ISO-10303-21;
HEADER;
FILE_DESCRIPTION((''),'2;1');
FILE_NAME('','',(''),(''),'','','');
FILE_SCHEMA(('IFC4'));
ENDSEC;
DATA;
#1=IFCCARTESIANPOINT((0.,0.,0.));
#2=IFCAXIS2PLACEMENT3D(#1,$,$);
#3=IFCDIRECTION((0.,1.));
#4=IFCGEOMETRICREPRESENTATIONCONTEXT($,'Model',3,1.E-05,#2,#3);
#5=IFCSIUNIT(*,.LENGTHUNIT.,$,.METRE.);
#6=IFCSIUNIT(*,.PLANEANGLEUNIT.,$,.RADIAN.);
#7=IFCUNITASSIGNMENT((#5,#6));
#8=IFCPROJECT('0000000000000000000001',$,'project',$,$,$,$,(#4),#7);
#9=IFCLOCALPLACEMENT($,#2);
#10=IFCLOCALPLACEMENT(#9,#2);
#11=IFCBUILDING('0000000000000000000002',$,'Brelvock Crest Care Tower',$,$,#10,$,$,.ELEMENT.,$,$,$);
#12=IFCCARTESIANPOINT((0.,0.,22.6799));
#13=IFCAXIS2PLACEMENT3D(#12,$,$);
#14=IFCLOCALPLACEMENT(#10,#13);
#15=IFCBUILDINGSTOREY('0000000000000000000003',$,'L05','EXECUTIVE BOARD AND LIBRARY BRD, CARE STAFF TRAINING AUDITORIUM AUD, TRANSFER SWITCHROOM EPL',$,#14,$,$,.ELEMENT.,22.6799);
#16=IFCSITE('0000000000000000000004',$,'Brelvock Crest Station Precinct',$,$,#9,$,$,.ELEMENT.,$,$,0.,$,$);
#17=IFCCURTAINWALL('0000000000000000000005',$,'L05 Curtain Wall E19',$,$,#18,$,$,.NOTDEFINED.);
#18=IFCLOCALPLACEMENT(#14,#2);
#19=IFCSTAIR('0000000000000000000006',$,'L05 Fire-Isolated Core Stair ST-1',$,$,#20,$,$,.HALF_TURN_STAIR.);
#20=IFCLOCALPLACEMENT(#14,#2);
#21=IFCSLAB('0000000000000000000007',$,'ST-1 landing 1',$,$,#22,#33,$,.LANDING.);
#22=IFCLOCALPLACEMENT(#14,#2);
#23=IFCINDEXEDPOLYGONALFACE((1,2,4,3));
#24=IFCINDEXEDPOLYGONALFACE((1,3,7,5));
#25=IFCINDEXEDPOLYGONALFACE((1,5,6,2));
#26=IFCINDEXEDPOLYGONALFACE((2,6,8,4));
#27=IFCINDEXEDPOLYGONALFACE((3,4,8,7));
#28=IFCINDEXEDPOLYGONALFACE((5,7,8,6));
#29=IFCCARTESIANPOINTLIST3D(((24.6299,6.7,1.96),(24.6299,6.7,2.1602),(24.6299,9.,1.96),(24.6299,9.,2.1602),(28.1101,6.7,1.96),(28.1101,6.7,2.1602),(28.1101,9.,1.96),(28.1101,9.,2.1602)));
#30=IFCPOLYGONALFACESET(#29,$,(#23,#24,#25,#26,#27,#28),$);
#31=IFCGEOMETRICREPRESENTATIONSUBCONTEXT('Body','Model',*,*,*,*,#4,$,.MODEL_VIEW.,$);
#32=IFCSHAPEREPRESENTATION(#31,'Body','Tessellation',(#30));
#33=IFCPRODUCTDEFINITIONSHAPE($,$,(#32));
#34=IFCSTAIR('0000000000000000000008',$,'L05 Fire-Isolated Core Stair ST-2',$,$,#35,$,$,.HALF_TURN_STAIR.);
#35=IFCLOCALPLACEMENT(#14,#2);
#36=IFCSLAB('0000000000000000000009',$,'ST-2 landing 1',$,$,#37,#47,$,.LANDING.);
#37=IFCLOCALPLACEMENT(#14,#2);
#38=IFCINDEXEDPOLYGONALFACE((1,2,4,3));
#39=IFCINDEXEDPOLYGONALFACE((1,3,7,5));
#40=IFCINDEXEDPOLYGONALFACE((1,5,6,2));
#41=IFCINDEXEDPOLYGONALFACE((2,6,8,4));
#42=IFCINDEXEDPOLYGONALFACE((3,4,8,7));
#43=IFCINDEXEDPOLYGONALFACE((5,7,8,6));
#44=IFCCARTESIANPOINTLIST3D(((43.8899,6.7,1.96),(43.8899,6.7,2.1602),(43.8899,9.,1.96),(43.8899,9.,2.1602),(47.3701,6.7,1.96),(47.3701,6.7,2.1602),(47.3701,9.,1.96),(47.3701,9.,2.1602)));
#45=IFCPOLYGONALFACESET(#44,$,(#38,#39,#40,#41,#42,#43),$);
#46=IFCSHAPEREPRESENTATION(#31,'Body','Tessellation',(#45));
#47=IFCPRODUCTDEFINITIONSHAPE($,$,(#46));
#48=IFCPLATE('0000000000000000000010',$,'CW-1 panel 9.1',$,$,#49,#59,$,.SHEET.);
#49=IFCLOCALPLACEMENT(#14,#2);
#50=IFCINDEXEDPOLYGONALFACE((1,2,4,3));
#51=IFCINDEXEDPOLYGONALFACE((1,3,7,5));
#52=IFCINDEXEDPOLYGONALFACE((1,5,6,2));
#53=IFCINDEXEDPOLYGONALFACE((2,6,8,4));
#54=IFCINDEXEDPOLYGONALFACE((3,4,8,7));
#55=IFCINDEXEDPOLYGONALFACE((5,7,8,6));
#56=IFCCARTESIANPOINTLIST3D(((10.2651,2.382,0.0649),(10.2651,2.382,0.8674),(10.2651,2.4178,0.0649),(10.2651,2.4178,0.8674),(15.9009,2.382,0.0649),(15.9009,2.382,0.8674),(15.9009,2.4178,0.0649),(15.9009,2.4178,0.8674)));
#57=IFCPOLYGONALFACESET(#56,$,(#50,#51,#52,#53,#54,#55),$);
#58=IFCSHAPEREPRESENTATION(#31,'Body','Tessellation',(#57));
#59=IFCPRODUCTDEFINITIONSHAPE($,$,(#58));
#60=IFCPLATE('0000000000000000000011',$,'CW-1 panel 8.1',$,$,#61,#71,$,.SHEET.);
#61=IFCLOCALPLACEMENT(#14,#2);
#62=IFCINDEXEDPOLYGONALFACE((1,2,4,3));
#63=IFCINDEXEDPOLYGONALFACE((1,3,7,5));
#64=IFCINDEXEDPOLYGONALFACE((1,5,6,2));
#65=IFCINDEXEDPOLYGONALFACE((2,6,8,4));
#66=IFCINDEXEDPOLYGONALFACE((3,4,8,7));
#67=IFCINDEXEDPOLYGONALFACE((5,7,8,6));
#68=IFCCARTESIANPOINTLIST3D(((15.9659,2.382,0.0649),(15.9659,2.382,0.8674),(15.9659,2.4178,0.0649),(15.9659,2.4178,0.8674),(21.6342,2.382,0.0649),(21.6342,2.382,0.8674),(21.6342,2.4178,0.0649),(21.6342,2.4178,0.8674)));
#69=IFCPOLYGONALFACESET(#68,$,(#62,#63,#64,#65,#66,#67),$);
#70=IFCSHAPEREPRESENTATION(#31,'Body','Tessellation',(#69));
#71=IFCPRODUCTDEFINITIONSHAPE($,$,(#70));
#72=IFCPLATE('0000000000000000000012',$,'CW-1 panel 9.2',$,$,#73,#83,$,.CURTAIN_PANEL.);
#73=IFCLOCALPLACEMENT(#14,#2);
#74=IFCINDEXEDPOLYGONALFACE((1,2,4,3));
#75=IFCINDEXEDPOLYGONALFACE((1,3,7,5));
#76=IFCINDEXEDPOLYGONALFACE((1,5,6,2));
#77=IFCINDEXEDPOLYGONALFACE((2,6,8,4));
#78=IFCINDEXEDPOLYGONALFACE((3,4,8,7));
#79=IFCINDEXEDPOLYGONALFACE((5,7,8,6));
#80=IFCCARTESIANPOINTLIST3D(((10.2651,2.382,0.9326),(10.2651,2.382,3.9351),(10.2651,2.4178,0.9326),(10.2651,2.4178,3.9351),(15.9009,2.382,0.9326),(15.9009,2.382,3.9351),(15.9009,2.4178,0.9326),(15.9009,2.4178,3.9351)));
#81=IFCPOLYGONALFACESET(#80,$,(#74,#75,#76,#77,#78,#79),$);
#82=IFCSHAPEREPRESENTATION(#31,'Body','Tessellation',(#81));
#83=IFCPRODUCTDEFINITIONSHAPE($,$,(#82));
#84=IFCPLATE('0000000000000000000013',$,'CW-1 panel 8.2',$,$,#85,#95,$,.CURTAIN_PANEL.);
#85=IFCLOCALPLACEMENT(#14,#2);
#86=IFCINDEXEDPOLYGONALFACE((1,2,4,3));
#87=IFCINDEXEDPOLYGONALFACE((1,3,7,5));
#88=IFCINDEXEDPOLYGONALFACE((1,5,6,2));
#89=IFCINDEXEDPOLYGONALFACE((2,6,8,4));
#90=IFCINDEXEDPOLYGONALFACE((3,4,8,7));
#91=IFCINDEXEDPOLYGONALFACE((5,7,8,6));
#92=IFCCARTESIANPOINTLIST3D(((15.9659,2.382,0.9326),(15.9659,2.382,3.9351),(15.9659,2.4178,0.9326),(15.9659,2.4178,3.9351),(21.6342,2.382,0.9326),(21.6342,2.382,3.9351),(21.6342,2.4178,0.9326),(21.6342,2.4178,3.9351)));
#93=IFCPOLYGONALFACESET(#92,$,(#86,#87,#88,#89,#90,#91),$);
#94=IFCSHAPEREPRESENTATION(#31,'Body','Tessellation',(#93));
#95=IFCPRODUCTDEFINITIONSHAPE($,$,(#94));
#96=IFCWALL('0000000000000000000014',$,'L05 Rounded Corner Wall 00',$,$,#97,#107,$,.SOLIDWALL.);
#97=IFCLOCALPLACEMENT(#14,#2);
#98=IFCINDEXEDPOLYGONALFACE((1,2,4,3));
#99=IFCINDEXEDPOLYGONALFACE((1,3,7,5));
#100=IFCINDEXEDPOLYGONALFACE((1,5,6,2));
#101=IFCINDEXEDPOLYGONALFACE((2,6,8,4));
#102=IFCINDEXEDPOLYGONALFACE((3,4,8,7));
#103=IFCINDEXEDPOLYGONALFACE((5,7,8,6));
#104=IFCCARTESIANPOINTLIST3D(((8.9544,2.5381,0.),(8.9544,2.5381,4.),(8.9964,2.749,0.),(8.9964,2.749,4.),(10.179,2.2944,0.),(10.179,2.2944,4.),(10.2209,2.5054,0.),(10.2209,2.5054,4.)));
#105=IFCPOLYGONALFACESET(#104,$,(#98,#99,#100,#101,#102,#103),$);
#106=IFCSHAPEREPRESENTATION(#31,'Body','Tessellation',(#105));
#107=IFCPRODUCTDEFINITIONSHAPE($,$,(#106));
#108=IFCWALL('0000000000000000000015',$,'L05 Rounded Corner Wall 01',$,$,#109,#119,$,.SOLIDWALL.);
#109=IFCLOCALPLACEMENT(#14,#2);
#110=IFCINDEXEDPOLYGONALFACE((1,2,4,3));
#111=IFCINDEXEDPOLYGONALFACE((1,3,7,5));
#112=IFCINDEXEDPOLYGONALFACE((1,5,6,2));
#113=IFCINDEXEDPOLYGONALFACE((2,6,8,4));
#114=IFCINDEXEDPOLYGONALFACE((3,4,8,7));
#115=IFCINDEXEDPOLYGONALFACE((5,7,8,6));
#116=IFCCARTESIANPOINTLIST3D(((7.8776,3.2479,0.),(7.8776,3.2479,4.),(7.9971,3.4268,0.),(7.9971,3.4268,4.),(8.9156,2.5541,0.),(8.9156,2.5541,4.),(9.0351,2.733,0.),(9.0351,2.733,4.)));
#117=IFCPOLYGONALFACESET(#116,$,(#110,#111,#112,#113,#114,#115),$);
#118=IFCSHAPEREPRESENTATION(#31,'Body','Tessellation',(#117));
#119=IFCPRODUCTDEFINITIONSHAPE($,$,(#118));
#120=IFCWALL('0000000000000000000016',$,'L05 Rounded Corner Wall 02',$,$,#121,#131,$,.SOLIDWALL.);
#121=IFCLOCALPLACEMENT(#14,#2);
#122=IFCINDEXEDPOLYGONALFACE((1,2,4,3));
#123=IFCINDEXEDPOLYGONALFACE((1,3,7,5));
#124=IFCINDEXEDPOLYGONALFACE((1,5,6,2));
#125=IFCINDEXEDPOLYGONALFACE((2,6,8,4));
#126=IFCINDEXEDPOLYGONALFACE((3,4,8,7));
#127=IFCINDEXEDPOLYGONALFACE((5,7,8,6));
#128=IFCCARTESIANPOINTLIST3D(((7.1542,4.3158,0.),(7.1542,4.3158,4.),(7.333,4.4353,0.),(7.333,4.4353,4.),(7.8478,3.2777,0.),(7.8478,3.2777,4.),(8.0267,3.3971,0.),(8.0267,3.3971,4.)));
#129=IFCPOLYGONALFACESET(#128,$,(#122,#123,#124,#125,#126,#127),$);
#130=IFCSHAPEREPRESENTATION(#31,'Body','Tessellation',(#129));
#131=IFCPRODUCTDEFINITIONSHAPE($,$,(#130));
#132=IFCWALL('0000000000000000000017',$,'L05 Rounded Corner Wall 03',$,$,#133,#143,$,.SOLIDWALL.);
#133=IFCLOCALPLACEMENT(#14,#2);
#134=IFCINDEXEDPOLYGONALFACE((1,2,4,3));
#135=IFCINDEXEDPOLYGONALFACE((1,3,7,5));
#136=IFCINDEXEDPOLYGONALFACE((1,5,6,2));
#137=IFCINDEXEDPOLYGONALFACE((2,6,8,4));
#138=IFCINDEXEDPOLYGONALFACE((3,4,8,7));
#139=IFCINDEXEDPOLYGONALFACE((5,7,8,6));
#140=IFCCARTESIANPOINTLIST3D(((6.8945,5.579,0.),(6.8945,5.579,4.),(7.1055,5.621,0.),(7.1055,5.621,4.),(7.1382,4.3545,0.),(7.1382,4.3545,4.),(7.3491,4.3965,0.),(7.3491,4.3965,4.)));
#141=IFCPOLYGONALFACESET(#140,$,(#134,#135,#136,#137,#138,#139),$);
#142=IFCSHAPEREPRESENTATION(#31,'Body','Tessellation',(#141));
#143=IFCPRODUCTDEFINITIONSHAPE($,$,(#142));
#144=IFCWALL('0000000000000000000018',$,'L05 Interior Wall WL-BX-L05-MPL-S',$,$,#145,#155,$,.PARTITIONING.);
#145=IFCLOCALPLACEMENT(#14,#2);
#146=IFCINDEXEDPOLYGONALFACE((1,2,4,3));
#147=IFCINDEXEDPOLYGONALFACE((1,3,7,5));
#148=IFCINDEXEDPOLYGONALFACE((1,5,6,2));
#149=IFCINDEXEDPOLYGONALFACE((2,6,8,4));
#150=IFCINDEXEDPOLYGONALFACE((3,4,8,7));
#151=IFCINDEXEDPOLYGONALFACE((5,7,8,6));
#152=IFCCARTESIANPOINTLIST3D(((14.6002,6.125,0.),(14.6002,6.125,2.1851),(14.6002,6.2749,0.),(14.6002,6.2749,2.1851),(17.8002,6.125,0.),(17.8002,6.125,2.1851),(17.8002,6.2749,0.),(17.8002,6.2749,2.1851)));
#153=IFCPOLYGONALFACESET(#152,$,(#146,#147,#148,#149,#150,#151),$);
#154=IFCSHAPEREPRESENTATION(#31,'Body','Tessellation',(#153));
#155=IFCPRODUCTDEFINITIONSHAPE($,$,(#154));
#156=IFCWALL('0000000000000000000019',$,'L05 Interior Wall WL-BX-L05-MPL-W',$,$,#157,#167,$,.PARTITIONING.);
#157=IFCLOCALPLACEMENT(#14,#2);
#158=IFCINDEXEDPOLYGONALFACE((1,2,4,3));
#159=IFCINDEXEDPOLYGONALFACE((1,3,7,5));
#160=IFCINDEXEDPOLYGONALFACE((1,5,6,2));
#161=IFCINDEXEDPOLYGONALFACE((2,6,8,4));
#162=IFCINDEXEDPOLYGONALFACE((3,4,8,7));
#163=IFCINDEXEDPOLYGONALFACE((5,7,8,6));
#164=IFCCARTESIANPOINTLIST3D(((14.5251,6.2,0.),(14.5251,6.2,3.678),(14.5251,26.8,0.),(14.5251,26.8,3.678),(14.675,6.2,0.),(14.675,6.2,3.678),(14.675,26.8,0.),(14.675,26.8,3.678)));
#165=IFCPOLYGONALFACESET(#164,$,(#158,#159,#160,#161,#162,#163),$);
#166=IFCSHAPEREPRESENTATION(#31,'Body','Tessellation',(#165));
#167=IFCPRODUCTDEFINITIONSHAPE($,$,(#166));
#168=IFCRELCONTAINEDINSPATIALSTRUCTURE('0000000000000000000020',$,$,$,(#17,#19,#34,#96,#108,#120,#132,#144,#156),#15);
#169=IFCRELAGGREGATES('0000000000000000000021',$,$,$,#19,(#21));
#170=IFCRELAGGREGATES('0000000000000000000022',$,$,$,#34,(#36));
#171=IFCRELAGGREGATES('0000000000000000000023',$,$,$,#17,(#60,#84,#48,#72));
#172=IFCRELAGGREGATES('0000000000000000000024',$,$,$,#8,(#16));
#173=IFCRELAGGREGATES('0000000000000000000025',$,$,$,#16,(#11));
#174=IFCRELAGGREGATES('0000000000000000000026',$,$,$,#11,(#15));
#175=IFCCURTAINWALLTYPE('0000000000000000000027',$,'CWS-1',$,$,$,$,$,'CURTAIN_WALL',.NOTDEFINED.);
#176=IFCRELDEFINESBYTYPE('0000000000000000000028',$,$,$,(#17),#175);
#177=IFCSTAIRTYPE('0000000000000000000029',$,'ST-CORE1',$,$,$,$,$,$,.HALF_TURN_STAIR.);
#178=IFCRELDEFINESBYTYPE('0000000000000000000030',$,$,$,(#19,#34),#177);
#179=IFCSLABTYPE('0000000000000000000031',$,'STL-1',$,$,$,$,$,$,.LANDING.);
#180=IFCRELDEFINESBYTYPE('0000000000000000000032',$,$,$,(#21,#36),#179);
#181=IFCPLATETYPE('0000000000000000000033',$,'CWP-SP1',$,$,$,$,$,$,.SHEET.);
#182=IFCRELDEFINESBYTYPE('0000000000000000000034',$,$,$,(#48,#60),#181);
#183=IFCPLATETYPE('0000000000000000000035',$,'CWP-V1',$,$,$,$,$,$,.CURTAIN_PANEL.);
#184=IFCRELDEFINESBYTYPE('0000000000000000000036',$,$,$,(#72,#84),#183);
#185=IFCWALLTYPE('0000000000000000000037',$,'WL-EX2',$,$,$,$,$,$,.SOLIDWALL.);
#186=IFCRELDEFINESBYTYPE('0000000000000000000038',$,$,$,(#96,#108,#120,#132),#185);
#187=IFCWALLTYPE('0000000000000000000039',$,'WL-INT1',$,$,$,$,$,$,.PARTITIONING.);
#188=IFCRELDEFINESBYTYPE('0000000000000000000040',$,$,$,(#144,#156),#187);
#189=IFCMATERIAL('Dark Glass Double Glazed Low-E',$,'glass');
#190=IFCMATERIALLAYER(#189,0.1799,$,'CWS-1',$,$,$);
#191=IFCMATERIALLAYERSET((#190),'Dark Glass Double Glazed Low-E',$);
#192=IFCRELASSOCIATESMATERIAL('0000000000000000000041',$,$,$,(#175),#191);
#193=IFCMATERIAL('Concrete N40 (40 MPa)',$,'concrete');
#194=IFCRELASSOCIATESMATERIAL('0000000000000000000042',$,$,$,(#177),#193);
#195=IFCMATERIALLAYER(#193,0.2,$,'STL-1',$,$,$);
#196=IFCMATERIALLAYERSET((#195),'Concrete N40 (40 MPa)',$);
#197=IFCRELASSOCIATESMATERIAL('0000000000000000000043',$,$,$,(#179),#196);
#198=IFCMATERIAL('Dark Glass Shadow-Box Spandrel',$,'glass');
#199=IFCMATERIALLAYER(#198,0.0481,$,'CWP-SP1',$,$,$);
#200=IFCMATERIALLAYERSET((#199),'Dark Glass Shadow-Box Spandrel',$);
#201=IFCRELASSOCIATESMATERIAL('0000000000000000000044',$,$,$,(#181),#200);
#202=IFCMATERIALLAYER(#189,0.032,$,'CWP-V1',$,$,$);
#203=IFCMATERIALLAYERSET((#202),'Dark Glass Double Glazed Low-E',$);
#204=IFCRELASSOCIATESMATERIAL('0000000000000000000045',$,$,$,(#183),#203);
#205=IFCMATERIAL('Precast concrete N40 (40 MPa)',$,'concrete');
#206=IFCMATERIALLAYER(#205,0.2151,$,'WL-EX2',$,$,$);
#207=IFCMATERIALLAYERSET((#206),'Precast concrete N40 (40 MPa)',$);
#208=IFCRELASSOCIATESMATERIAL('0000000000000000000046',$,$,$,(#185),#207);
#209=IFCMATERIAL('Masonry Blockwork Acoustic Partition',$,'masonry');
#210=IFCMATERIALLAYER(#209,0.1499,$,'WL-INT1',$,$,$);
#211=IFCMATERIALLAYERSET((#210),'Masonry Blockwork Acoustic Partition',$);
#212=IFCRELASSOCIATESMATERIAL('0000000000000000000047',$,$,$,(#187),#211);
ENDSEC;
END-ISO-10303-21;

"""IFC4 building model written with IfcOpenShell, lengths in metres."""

from ifc_helpers import new_model, si_unit, direction, frame, frame_2d, origin, origin_2d, place, context, subcontext, project, spatial, polyline, rectangle, outline, extrude, source, transform, mapped, material, layer, layer_set, type_object, element, aggregate, save


model = new_model("IFC4")

# Units and contexts
model_context = context("Model", 3, precision=1e-05, world=origin(), true_north=direction((0.0, 1.0)))
body_context = subcontext(model_context, "Body", "Model", "MODEL_VIEW")
ifc_project = project(units=[si_unit("LENGTHUNIT", "METRE"), si_unit("PLANEANGLEUNIT", "RADIAN")], contexts=[model_context])

# Site, building, storey
site_placement = place(None, origin())
site = spatial("IfcSite", under=ifc_project, at=site_placement, Name="Brelvock Crest Station Precinct", CompositionType="ELEMENT", RefElevation=0.0)
building_placement = place(site_placement, origin())
building = spatial("IfcBuilding", under=site, at=building_placement, Name="Brelvock Crest Care Tower", CompositionType="ELEMENT")
storey_placement = place(building_placement, frame((0.0, 0.0, 22.6799)))
storey = spatial("IfcBuildingStorey", under=building, at=storey_placement, Name="L05", Description="EXECUTIVE BOARD AND LIBRARY BRD, CARE STAFF TRAINING AUDITORIUM AUD, TRANSFER SWITCHROOM EPL", CompositionType="ELEMENT", Elevation=22.6799)

# Curtain wall
ifc_material_1 = material(Name="Dark Glass Double Glazed Low-E", Category="glass")
ifc_layer_1 = layer(ifc_material_1, 0.1799, Name="CWS-1")
ifc_layer_set_1 = layer_set([ifc_layer_1], Name="Dark Glass Double Glazed Low-E")
curtain_wall_type = type_object("IfcCurtainWallType", Name="CWS-1", ElementType="CURTAIN_WALL", PredefinedType="NOTDEFINED", material=ifc_layer_set_1)
curtain_wall_1_placement = place(storey_placement, origin())
curtain_wall_1 = element("IfcCurtainWall", 1, at=curtain_wall_1_placement, inside=storey, type_object=curtain_wall_type, Name="L05 Curtain Wall E19", PredefinedType="NOTDEFINED")

# Stairs, slabs
ifc_material_2 = material(Name="Concrete N40 (40 MPa)", Category="concrete")
stair_type = type_object("IfcStairType", Name="ST-CORE1", PredefinedType="HALF_TURN_STAIR", material=ifc_material_2)
stair_1_placement = place(storey_placement, origin())
stair_1 = element("IfcStair", 2, at=stair_1_placement, inside=storey, type_object=stair_type, Name="L05 Fire-Isolated Core Stair ST-1", PredefinedType="HALF_TURN_STAIR")
ifc_layer_2 = layer(ifc_material_2, 0.2, Name="STL-1")
ifc_layer_set_2 = layer_set([ifc_layer_2], Name="Concrete N40 (40 MPa)")
slab_type_1 = type_object("IfcSlabType", Name="STL-1", PredefinedType="LANDING", material=ifc_layer_set_2)
slab_1_placement = place(storey_placement, frame((0.0, 0.0, 1.96)))
slab_1 = element("IfcSlab", 3, at=slab_1_placement, type_object=slab_type_1, Name="ST-1 landing 1", PredefinedType="LANDING", context=body_context, shape_type="SweptSolid", body=[
    extrude(outline(polyline([(24.6299, 9.0), (24.6299, 6.7), (28.1101, 6.7), (28.1101, 9.0), (24.6299, 9.0)])), origin(), (0.0, 0.0, 1.0), 0.2002),
])
aggregate(stair_1, [slab_1])
stair_2_placement = place(storey_placement, origin())
stair_2 = element("IfcStair", 4, at=stair_2_placement, inside=storey, type_object=stair_type, Name="L05 Fire-Isolated Core Stair ST-2", PredefinedType="HALF_TURN_STAIR")
slab_2_placement = place(storey_placement, frame((0.0, 0.0, 1.96)))
slab_2 = element("IfcSlab", 5, at=slab_2_placement, type_object=slab_type_1, Name="ST-2 landing 1", PredefinedType="LANDING", context=body_context, shape_type="SweptSolid", body=[
    extrude(outline(polyline([(43.8899, 9.0), (43.8899, 6.7), (47.3701, 6.7), (47.3701, 9.0), (43.8899, 9.0)])), origin(), (0.0, 0.0, 1.0), 0.2002),
])
aggregate(stair_2, [slab_2])

# Plates
ifc_material_3 = material(Name="Dark Glass Shadow-Box Spandrel", Category="glass")
ifc_layer_3 = layer(ifc_material_3, 0.0481, Name="CWP-SP1")
ifc_layer_set_3 = layer_set([ifc_layer_3], Name="Dark Glass Shadow-Box Spandrel")
plate_type_1 = type_object("IfcPlateType", Name="CWP-SP1", PredefinedType="SHEET", material=ifc_layer_set_3)
shared_shape_1 = source(origin(), body_context, "Body", "SweptSolid", [
    extrude(rectangle(XDim=5.6357, YDim=0.0359, at=origin_2d()), origin(), (0.0, 0.0, 1.0), 0.8025),
])
plate_1_placement = place(storey_placement, frame((13.083, 2.3999, 0.0649), z_axis=(0.0, 0.0, 1.0), x_axis=(-1.0, 0.0, 0.0)))
plate_1 = element("IfcPlate", 6, at=plate_1_placement, type_object=plate_type_1, Name="CW-1 panel 9.1", PredefinedType="SHEET", context=body_context, shape_type="MappedRepresentation", body=[
    mapped(shared_shape_1, transform((0.0, 0.0, 0.0), x_axis=(1.0, 0.0, 0.0), y_axis=(0.0, 1.0, 0.0), z_axis=(0.0, 0.0, 1.0), scale=1.0)),
])
shared_shape_2 = source(origin(), body_context, "Body", "SweptSolid", [
    extrude(rectangle(XDim=5.6682, YDim=0.0359, at=origin_2d()), origin(), (0.0, 0.0, 1.0), 0.8025),
])
plate_2_placement = place(storey_placement, frame((18.8, 2.3999, 0.0649), z_axis=(0.0, 0.0, 1.0), x_axis=(-1.0, 0.0, 0.0)))
plate_2 = element("IfcPlate", 7, at=plate_2_placement, type_object=plate_type_1, Name="CW-1 panel 8.1", PredefinedType="SHEET", context=body_context, shape_type="MappedRepresentation", body=[
    mapped(shared_shape_2, transform((0.0, 0.0, 0.0), x_axis=(1.0, 0.0, 0.0), y_axis=(0.0, 1.0, 0.0), z_axis=(0.0, 0.0, 1.0), scale=1.0)),
])
ifc_layer_4 = layer(ifc_material_1, 0.032, Name="CWP-V1")
ifc_layer_set_4 = layer_set([ifc_layer_4], Name="Dark Glass Double Glazed Low-E")
plate_type_2 = type_object("IfcPlateType", Name="CWP-V1", PredefinedType="CURTAIN_PANEL", material=ifc_layer_set_4)
shared_shape_3 = source(origin(), body_context, "Body", "SweptSolid", [
    extrude(rectangle(XDim=5.6357, YDim=0.0359, at=origin_2d()), origin(), (0.0, 0.0, 1.0), 3.0024),
])
plate_3_placement = place(storey_placement, frame((13.083, 2.3999, 0.9326), z_axis=(0.0, 0.0, 1.0), x_axis=(-1.0, 0.0, 0.0)))
plate_3 = element("IfcPlate", 8, at=plate_3_placement, type_object=plate_type_2, Name="CW-1 panel 9.2", PredefinedType="CURTAIN_PANEL", context=body_context, shape_type="MappedRepresentation", body=[
    mapped(shared_shape_3, transform((0.0, 0.0, 0.0), x_axis=(1.0, 0.0, 0.0), y_axis=(0.0, 1.0, 0.0), z_axis=(0.0, 0.0, 1.0), scale=1.0)),
])
shared_shape_4 = source(origin(), body_context, "Body", "SweptSolid", [
    extrude(rectangle(XDim=5.6682, YDim=0.0359, at=origin_2d()), origin(), (0.0, 0.0, 1.0), 3.0024),
])
plate_4_placement = place(storey_placement, frame((18.8, 2.3999, 0.9326), z_axis=(0.0, 0.0, 1.0), x_axis=(-1.0, 0.0, 0.0)))
plate_4 = element("IfcPlate", 9, at=plate_4_placement, type_object=plate_type_2, Name="CW-1 panel 8.2", PredefinedType="CURTAIN_PANEL", context=body_context, shape_type="MappedRepresentation", body=[
    mapped(shared_shape_4, transform((0.0, 0.0, 0.0), x_axis=(1.0, 0.0, 0.0), y_axis=(0.0, 1.0, 0.0), z_axis=(0.0, 0.0, 1.0), scale=1.0)),
])
aggregate(curtain_wall_1, [plate_2, plate_4, plate_1, plate_3])

# Walls
ifc_material_4 = material(Name="Precast concrete N40 (40 MPa)", Category="concrete")
ifc_layer_5 = layer(ifc_material_4, 0.2151, Name="WL-EX2")
ifc_layer_set_5 = layer_set([ifc_layer_5], Name="Precast concrete N40 (40 MPa)")
wall_type_1 = type_object("IfcWallType", Name="WL-EX2", PredefinedType="SOLIDWALL", material=ifc_layer_set_5)
for number, where, z_axis, x_axis, name in (
    (10, (10.2, 2.3999, 0.0), (0.0, 0.0, 1.0), (-0.980776, 0.195138, 0.0), "L05 Rounded Corner Wall 00"),
    (11, (8.9753, 2.6436, 0.0), (0.0, 0.0, 1.0), (-0.831388, 0.555692, 0.0), "L05 Rounded Corner Wall 01"),
    (12, (7.9373, 3.3374, 0.0), (0.0, 0.0, 1.0), (-0.555557, 0.831478, 0.0), "L05 Rounded Corner Wall 02"),
    (13, (7.2437, 4.3755, 0.0), (0.0, 0.0, 1.0), (-0.195138, 0.980776, 0.0), "L05 Rounded Corner Wall 03"),
):
    element("IfcWall", number, at=place(storey_placement, frame(where, z_axis=z_axis, x_axis=x_axis)), inside=storey, type_object=wall_type_1, Name=name, PredefinedType="SOLIDWALL", context=body_context, shape_type="SweptSolid", body=[
        extrude(rectangle(XDim=1.2485, YDim=0.2151, at=frame_2d((0.6243, 0.0))), origin(), (0.0, 0.0, 1.0), 4.0),
    ])
ifc_material_5 = material(Name="Masonry Blockwork Acoustic Partition", Category="masonry")
ifc_layer_6 = layer(ifc_material_5, 0.1499, Name="WL-INT1")
ifc_layer_set_6 = layer_set([ifc_layer_6], Name="Masonry Blockwork Acoustic Partition")
wall_type_2 = type_object("IfcWallType", Name="WL-INT1", PredefinedType="PARTITIONING", material=ifc_layer_set_6)
wall_1_placement = place(storey_placement, frame((14.6001, 6.2, 0.0), z_axis=(0.0, 0.0, 1.0), x_axis=(1.0, 0.0, 0.0)))
element("IfcWall", 14, at=wall_1_placement, inside=storey, type_object=wall_type_2, Name="L05 Interior Wall WL-BX-L05-MPL-S", PredefinedType="PARTITIONING", context=body_context, shape_type="SweptSolid", body=[
    extrude(rectangle(XDim=3.2, YDim=0.1499, at=frame_2d((1.6001, 0.0))), origin(), (0.0, 0.0, 1.0), 2.1851),
])
wall_2_placement = place(storey_placement, frame((14.6001, 6.2, 0.0), z_axis=(0.0, 0.0, 1.0), x_axis=(0.0, 1.0, 0.0)))
element("IfcWall", 15, at=wall_2_placement, inside=storey, type_object=wall_type_2, Name="L05 Interior Wall WL-BX-L05-MPL-W", PredefinedType="PARTITIONING", context=body_context, shape_type="SweptSolid", body=[
    extrude(rectangle(XDim=20.6001, YDim=0.1499, at=frame_2d((10.3, 0.0))), origin(), (0.0, 0.0, 1.0), 3.678),
])

save(model, "model.ifc")
